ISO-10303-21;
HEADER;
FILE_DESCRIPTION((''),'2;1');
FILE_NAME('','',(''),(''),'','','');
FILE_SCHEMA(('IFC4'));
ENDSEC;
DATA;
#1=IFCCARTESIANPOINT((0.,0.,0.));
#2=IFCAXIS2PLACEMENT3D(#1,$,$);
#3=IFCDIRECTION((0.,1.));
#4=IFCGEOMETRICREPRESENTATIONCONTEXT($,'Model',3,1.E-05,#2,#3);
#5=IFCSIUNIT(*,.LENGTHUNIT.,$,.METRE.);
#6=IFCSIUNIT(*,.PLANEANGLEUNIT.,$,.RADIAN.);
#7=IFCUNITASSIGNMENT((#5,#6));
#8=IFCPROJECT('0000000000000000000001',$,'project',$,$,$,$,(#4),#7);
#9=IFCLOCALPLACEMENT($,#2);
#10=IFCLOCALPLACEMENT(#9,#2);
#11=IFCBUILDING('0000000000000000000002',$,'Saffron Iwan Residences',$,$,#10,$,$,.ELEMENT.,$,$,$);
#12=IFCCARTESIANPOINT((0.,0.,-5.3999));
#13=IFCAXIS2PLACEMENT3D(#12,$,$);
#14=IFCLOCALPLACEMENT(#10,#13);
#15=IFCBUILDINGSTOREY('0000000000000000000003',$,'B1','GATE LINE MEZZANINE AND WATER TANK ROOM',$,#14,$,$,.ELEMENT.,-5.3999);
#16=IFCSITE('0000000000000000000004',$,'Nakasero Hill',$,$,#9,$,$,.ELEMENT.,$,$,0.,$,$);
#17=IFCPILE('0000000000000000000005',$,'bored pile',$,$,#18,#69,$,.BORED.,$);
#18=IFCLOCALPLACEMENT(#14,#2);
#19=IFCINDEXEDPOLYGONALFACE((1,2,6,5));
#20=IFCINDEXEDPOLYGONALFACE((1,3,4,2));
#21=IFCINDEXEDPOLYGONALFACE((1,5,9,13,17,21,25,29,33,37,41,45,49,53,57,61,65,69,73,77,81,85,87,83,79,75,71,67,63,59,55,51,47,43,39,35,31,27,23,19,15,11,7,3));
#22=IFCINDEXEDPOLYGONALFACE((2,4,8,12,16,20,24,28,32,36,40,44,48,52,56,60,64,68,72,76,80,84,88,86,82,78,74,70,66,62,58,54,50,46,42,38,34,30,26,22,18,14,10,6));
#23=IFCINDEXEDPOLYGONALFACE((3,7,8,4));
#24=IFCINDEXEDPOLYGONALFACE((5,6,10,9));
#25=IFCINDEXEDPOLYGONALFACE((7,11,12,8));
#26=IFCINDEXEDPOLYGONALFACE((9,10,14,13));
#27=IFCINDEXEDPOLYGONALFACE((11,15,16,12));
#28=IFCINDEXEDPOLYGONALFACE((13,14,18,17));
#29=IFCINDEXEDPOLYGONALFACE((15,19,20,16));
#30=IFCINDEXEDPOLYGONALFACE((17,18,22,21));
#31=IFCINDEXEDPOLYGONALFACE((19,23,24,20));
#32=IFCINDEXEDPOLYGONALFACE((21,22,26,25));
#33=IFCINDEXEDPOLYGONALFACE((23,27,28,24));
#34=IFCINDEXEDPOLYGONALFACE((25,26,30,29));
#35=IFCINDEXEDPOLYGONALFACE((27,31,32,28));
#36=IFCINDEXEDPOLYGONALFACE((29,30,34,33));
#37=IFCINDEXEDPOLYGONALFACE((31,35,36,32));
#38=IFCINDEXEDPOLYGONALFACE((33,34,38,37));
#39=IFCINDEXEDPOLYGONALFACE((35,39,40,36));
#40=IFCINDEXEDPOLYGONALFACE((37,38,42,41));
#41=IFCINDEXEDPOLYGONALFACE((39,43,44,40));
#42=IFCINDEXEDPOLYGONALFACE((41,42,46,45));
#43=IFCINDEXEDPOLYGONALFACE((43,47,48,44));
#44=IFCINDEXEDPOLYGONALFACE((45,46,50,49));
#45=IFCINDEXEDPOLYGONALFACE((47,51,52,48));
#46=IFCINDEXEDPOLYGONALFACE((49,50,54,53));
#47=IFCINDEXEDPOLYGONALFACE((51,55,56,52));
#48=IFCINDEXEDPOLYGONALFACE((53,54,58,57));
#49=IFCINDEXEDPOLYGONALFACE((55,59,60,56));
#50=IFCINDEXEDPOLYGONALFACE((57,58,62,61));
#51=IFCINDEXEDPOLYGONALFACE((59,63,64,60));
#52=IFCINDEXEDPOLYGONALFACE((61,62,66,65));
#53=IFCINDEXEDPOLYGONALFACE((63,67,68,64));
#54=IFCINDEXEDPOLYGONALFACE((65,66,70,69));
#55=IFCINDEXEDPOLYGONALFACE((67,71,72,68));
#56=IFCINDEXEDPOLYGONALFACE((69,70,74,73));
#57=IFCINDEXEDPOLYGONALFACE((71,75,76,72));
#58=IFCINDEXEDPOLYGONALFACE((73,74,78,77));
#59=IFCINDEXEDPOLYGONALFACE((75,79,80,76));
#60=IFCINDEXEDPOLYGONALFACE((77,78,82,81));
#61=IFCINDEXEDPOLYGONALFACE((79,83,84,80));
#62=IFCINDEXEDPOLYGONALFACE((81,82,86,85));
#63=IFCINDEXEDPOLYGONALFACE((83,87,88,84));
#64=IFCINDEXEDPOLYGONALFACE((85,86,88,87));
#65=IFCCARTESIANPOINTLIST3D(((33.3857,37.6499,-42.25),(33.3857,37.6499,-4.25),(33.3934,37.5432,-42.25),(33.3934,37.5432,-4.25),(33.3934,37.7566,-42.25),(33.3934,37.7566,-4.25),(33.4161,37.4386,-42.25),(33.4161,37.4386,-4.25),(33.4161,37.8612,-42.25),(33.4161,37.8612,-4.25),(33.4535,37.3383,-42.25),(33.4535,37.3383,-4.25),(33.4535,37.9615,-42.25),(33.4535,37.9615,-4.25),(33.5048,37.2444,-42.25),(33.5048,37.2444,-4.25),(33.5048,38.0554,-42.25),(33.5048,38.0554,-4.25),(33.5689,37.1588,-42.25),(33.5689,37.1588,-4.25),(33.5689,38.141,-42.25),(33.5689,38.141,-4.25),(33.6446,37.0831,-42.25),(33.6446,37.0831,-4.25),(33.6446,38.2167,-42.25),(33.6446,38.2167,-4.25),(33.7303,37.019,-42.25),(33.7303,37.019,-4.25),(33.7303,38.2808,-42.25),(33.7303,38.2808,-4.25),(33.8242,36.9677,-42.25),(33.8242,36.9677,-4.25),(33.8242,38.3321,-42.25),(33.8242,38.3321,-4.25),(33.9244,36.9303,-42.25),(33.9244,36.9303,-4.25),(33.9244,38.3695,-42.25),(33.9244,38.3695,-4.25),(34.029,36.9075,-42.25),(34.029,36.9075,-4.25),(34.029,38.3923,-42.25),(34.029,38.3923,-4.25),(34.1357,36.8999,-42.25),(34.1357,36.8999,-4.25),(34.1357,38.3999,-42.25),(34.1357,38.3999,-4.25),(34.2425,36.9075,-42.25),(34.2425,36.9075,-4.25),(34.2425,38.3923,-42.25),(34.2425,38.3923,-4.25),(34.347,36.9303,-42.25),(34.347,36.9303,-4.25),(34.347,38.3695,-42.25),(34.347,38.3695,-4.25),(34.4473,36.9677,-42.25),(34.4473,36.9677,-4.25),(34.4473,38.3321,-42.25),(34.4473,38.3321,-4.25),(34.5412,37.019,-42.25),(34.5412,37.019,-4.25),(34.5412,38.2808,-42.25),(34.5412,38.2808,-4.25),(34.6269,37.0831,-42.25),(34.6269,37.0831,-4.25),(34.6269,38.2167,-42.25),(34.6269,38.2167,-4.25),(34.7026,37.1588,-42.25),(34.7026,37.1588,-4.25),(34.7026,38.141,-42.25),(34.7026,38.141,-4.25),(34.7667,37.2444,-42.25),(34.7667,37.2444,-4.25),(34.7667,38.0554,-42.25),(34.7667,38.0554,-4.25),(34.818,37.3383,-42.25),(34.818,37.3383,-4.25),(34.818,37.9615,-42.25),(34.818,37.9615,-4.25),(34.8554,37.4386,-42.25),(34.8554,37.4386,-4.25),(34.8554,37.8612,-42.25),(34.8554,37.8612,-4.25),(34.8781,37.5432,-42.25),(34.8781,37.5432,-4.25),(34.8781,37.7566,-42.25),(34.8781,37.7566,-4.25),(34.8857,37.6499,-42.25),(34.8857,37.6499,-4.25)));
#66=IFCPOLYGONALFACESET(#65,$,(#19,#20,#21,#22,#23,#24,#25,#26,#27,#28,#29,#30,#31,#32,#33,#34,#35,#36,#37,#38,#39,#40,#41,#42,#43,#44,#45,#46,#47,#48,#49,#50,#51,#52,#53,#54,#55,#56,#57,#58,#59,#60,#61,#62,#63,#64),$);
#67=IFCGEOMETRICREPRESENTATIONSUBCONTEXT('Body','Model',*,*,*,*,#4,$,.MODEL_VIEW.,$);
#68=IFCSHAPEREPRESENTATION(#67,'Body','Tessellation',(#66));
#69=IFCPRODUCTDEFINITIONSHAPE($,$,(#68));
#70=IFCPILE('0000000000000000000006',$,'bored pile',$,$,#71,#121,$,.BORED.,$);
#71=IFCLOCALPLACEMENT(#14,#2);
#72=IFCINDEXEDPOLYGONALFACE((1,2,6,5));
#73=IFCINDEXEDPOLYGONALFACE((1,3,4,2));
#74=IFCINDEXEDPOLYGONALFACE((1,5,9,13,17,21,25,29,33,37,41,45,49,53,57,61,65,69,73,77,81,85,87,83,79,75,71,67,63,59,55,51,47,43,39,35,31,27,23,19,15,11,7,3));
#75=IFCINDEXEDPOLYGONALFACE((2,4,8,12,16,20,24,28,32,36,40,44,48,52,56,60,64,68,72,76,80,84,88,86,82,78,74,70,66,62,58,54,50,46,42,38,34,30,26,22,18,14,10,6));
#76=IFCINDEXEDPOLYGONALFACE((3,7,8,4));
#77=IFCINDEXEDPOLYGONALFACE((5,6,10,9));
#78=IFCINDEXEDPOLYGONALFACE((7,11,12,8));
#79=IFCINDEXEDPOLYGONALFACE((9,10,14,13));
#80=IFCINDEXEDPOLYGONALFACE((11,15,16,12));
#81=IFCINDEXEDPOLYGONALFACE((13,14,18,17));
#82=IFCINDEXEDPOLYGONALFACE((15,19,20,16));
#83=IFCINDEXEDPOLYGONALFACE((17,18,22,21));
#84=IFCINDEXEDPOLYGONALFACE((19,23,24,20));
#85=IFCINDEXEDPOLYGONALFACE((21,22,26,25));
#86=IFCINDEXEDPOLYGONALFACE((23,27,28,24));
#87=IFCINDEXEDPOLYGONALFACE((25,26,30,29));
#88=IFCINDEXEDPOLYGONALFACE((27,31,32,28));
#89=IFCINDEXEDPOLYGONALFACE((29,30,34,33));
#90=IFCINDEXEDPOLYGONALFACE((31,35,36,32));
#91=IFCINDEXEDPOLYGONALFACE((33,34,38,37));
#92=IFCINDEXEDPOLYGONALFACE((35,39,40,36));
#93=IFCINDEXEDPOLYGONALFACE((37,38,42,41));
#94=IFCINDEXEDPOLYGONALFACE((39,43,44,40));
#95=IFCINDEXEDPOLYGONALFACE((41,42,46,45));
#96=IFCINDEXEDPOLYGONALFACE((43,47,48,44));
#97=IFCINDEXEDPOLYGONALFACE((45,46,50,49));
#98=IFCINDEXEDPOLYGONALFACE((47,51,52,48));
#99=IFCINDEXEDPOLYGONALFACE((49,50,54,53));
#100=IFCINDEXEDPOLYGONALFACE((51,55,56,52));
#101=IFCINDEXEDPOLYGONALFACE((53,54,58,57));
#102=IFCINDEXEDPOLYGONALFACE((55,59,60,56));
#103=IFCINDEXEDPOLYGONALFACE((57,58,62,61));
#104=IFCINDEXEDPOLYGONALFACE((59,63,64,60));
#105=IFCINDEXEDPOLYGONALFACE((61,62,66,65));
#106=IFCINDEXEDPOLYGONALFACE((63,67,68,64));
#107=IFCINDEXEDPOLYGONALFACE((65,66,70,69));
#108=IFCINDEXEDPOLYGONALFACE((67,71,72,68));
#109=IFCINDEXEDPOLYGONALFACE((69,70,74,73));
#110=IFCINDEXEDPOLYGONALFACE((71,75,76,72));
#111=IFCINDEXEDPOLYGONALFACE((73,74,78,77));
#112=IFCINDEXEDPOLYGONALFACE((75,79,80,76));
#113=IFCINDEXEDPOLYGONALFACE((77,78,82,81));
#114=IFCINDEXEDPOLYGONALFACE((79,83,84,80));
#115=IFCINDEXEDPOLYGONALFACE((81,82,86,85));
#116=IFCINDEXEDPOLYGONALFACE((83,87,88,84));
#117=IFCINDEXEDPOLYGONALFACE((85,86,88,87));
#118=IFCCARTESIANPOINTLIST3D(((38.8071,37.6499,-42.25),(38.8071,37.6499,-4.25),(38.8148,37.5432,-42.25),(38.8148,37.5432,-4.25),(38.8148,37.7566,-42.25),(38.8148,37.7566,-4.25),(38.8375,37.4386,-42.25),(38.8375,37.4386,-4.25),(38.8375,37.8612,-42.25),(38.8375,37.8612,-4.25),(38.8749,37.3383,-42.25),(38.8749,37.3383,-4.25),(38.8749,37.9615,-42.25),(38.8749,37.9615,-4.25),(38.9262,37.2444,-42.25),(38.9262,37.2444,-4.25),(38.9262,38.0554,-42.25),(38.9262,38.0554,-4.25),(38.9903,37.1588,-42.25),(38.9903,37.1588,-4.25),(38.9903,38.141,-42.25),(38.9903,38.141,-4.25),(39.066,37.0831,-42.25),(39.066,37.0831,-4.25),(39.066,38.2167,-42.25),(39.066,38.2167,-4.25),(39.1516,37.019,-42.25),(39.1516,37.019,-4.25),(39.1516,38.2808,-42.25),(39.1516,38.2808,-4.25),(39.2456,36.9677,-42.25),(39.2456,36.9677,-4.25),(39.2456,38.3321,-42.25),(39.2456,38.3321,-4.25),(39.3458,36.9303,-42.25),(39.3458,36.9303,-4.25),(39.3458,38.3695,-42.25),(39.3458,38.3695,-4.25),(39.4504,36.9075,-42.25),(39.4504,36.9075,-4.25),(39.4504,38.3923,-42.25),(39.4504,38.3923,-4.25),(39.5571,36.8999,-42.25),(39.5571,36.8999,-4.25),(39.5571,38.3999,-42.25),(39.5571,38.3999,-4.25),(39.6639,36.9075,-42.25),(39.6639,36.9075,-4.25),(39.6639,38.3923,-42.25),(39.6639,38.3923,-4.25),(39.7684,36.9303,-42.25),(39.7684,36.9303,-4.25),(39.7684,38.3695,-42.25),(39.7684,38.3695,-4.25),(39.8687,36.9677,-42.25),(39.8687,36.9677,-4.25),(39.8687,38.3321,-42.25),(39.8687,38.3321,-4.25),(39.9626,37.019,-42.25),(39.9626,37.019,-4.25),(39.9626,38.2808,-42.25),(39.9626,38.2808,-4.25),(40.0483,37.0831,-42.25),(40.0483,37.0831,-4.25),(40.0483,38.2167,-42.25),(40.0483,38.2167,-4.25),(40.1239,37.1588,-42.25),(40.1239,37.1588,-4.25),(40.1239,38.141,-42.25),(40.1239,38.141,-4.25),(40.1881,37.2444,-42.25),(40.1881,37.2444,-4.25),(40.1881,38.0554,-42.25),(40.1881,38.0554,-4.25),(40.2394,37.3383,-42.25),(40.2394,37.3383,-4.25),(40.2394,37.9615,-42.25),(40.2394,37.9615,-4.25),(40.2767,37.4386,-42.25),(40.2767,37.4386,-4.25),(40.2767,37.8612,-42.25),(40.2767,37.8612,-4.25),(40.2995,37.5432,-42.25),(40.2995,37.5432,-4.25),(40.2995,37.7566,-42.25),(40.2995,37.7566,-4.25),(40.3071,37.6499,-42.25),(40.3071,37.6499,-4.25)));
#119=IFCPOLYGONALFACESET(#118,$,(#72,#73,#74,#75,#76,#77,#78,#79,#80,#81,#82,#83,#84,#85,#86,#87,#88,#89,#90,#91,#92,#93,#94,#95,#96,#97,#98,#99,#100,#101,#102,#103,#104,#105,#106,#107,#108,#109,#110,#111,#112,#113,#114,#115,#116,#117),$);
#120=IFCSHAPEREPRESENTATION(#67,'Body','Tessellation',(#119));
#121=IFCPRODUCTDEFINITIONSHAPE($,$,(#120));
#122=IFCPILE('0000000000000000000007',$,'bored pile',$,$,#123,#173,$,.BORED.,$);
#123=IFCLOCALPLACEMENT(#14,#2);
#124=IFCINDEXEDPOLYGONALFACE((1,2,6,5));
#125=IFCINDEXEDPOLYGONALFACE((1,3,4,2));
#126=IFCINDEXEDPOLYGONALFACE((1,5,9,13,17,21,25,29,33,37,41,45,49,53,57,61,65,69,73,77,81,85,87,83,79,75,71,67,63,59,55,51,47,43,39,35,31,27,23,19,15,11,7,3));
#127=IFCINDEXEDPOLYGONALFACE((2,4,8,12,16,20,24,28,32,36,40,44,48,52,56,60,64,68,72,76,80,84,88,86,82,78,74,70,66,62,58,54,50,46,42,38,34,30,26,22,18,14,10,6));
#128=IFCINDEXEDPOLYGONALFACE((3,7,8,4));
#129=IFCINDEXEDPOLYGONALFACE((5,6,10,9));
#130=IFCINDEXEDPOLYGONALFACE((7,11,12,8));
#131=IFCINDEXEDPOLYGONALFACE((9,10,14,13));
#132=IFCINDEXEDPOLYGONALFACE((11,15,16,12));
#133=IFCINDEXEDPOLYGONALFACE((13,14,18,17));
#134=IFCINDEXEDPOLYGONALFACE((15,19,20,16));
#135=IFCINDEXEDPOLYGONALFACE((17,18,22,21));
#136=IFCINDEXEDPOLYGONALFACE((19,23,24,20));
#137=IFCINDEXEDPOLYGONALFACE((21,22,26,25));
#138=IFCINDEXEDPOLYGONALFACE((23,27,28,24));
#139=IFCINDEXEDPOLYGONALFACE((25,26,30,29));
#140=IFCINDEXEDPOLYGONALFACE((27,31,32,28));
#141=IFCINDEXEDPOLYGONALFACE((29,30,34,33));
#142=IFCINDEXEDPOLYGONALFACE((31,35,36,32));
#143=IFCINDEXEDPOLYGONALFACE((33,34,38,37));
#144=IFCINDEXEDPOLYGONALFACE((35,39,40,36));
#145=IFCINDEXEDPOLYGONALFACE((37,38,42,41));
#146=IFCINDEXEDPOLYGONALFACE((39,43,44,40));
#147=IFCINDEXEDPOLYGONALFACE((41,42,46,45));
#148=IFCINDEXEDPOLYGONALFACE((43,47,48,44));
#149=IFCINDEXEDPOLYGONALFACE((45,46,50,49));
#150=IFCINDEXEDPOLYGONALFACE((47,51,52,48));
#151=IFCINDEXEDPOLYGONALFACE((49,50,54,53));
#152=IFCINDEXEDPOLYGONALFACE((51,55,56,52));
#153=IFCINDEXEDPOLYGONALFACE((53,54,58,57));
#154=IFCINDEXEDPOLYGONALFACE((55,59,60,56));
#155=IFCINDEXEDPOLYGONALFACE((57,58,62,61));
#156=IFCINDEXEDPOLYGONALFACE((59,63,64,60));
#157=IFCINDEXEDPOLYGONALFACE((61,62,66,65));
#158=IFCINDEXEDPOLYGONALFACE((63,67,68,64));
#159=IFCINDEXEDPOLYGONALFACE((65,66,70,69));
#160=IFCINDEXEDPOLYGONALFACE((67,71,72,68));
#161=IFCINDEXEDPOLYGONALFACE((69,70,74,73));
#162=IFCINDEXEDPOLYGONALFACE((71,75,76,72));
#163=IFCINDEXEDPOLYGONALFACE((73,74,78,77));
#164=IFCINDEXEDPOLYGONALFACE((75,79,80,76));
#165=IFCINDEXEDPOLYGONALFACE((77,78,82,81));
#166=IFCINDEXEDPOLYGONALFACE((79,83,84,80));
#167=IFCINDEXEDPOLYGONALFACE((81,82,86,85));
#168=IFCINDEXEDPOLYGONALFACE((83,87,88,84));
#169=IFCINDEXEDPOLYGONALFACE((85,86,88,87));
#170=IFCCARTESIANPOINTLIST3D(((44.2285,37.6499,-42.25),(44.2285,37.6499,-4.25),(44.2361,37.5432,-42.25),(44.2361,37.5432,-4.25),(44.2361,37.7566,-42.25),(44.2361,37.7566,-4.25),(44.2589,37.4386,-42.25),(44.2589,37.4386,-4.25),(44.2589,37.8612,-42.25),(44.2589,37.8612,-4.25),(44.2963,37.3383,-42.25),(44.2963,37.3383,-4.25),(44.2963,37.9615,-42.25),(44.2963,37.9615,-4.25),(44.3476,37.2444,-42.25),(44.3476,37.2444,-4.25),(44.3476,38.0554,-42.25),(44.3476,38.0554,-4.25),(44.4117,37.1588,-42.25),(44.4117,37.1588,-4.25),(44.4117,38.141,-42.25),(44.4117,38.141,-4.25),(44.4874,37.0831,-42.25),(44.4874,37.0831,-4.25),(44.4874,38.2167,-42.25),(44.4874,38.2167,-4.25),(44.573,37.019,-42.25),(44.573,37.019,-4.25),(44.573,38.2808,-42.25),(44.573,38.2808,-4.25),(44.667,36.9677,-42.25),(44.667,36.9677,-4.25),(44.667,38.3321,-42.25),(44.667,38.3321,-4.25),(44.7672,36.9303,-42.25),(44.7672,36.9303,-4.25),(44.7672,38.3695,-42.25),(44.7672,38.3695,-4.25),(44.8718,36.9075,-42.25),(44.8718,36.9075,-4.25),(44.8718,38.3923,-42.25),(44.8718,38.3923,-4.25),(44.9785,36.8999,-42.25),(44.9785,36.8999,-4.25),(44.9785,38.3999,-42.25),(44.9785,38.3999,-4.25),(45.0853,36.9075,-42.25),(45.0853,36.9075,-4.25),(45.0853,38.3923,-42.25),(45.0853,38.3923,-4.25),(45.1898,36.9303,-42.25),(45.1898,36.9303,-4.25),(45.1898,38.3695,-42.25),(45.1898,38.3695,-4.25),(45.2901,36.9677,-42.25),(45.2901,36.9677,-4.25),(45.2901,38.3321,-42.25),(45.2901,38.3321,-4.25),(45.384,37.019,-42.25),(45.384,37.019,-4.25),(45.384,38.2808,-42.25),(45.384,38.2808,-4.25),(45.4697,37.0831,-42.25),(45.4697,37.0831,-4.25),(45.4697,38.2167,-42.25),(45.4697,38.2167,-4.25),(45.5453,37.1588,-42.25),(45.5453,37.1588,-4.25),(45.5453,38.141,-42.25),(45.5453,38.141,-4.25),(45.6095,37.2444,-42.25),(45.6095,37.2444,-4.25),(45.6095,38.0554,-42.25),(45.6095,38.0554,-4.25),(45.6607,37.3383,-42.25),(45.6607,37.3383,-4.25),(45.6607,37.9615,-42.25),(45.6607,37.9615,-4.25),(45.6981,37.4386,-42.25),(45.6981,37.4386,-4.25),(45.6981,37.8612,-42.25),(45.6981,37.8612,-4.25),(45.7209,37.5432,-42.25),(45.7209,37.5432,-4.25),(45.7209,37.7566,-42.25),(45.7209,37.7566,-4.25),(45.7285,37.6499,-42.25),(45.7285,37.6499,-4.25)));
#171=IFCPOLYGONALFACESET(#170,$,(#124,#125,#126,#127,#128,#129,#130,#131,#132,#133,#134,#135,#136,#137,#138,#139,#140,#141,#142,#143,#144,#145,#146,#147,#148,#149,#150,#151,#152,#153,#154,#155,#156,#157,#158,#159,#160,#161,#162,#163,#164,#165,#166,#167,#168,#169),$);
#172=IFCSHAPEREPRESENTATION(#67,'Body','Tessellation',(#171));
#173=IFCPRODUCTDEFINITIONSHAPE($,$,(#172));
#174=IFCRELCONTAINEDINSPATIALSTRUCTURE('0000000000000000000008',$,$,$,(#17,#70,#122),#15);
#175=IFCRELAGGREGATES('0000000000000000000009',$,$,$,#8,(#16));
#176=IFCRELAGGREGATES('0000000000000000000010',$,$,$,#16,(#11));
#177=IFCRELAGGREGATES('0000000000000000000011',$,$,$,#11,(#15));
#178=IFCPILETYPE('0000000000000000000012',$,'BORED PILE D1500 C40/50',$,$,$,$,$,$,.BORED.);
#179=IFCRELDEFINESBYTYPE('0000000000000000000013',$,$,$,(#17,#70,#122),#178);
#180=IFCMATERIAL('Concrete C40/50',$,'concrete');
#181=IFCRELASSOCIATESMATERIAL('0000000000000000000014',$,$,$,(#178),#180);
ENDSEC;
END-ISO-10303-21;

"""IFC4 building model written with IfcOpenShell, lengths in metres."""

from ifc_helpers import new_model, si_unit, direction, frame, origin, origin_2d, place, context, subcontext, project, spatial, circle, extrude, material, material_profile, profile_set, type_object, element, save


model = new_model("IFC4")

# Units and contexts
model_context = context("Model", 3, precision=1e-05, world=origin(), true_north=direction((0.0, 1.0)))
body_context = subcontext(model_context, "Body", "Model", "MODEL_VIEW")
ifc_project = project(units=[si_unit("LENGTHUNIT", "METRE"), si_unit("PLANEANGLEUNIT", "RADIAN")], contexts=[model_context])

# Site, building, storey
site_placement = place(None, origin())
site = spatial("IfcSite", under=ifc_project, at=site_placement, Name="Nakasero Hill", CompositionType="ELEMENT", RefElevation=0.0)
building_placement = place(site_placement, origin())
building = spatial("IfcBuilding", under=site, at=building_placement, Name="Saffron Iwan Residences", CompositionType="ELEMENT")
storey_placement = place(building_placement, frame((0.0, 0.0, -5.3999)))
storey = spatial("IfcBuildingStorey", under=building, at=storey_placement, Name="B1", Description="GATE LINE MEZZANINE AND WATER TANK ROOM", CompositionType="ELEMENT", Elevation=-5.3999)

# Piles
ifc_material_1 = material(Name="Concrete C40/50", Category="concrete")
ifc_material_profile_1 = material_profile(ifc_material_1, circle(Radius=0.75, at=origin_2d()), Name="RC D1500")
ifc_profile_set_1 = profile_set([ifc_material_profile_1], Name="Concrete C40/50")
pile_type = type_object("IfcPileType", Name="BORED PILE D1500 C40/50", PredefinedType="BORED", material=ifc_profile_set_1)
for number, where, z_axis, x_axis, name in (
    (1, (34.1357, 37.6499, -4.25), (0.0, 0.0, -1.0), (1.0, 0.0, 0.0), "bored pile"),
    (2, (39.5571, 37.6499, -4.25), (0.0, 0.0, -1.0), (1.0, 0.0, 0.0), "bored pile"),
    (3, (44.9785, 37.6499, -4.25), (0.0, 0.0, -1.0), (1.0, 0.0, 0.0), "bored pile"),
):
    element("IfcPile", number, at=place(storey_placement, frame(where, z_axis=z_axis, x_axis=x_axis)), inside=storey, type_object=pile_type, Name=name, PredefinedType="BORED", context=body_context, shape_type="SweptSolid", body=[
        extrude(circle(Radius=0.75, at=origin_2d()), origin(), (0.0, 0.0, 1.0), 38.0),
    ])

save(model, "model.ifc")
